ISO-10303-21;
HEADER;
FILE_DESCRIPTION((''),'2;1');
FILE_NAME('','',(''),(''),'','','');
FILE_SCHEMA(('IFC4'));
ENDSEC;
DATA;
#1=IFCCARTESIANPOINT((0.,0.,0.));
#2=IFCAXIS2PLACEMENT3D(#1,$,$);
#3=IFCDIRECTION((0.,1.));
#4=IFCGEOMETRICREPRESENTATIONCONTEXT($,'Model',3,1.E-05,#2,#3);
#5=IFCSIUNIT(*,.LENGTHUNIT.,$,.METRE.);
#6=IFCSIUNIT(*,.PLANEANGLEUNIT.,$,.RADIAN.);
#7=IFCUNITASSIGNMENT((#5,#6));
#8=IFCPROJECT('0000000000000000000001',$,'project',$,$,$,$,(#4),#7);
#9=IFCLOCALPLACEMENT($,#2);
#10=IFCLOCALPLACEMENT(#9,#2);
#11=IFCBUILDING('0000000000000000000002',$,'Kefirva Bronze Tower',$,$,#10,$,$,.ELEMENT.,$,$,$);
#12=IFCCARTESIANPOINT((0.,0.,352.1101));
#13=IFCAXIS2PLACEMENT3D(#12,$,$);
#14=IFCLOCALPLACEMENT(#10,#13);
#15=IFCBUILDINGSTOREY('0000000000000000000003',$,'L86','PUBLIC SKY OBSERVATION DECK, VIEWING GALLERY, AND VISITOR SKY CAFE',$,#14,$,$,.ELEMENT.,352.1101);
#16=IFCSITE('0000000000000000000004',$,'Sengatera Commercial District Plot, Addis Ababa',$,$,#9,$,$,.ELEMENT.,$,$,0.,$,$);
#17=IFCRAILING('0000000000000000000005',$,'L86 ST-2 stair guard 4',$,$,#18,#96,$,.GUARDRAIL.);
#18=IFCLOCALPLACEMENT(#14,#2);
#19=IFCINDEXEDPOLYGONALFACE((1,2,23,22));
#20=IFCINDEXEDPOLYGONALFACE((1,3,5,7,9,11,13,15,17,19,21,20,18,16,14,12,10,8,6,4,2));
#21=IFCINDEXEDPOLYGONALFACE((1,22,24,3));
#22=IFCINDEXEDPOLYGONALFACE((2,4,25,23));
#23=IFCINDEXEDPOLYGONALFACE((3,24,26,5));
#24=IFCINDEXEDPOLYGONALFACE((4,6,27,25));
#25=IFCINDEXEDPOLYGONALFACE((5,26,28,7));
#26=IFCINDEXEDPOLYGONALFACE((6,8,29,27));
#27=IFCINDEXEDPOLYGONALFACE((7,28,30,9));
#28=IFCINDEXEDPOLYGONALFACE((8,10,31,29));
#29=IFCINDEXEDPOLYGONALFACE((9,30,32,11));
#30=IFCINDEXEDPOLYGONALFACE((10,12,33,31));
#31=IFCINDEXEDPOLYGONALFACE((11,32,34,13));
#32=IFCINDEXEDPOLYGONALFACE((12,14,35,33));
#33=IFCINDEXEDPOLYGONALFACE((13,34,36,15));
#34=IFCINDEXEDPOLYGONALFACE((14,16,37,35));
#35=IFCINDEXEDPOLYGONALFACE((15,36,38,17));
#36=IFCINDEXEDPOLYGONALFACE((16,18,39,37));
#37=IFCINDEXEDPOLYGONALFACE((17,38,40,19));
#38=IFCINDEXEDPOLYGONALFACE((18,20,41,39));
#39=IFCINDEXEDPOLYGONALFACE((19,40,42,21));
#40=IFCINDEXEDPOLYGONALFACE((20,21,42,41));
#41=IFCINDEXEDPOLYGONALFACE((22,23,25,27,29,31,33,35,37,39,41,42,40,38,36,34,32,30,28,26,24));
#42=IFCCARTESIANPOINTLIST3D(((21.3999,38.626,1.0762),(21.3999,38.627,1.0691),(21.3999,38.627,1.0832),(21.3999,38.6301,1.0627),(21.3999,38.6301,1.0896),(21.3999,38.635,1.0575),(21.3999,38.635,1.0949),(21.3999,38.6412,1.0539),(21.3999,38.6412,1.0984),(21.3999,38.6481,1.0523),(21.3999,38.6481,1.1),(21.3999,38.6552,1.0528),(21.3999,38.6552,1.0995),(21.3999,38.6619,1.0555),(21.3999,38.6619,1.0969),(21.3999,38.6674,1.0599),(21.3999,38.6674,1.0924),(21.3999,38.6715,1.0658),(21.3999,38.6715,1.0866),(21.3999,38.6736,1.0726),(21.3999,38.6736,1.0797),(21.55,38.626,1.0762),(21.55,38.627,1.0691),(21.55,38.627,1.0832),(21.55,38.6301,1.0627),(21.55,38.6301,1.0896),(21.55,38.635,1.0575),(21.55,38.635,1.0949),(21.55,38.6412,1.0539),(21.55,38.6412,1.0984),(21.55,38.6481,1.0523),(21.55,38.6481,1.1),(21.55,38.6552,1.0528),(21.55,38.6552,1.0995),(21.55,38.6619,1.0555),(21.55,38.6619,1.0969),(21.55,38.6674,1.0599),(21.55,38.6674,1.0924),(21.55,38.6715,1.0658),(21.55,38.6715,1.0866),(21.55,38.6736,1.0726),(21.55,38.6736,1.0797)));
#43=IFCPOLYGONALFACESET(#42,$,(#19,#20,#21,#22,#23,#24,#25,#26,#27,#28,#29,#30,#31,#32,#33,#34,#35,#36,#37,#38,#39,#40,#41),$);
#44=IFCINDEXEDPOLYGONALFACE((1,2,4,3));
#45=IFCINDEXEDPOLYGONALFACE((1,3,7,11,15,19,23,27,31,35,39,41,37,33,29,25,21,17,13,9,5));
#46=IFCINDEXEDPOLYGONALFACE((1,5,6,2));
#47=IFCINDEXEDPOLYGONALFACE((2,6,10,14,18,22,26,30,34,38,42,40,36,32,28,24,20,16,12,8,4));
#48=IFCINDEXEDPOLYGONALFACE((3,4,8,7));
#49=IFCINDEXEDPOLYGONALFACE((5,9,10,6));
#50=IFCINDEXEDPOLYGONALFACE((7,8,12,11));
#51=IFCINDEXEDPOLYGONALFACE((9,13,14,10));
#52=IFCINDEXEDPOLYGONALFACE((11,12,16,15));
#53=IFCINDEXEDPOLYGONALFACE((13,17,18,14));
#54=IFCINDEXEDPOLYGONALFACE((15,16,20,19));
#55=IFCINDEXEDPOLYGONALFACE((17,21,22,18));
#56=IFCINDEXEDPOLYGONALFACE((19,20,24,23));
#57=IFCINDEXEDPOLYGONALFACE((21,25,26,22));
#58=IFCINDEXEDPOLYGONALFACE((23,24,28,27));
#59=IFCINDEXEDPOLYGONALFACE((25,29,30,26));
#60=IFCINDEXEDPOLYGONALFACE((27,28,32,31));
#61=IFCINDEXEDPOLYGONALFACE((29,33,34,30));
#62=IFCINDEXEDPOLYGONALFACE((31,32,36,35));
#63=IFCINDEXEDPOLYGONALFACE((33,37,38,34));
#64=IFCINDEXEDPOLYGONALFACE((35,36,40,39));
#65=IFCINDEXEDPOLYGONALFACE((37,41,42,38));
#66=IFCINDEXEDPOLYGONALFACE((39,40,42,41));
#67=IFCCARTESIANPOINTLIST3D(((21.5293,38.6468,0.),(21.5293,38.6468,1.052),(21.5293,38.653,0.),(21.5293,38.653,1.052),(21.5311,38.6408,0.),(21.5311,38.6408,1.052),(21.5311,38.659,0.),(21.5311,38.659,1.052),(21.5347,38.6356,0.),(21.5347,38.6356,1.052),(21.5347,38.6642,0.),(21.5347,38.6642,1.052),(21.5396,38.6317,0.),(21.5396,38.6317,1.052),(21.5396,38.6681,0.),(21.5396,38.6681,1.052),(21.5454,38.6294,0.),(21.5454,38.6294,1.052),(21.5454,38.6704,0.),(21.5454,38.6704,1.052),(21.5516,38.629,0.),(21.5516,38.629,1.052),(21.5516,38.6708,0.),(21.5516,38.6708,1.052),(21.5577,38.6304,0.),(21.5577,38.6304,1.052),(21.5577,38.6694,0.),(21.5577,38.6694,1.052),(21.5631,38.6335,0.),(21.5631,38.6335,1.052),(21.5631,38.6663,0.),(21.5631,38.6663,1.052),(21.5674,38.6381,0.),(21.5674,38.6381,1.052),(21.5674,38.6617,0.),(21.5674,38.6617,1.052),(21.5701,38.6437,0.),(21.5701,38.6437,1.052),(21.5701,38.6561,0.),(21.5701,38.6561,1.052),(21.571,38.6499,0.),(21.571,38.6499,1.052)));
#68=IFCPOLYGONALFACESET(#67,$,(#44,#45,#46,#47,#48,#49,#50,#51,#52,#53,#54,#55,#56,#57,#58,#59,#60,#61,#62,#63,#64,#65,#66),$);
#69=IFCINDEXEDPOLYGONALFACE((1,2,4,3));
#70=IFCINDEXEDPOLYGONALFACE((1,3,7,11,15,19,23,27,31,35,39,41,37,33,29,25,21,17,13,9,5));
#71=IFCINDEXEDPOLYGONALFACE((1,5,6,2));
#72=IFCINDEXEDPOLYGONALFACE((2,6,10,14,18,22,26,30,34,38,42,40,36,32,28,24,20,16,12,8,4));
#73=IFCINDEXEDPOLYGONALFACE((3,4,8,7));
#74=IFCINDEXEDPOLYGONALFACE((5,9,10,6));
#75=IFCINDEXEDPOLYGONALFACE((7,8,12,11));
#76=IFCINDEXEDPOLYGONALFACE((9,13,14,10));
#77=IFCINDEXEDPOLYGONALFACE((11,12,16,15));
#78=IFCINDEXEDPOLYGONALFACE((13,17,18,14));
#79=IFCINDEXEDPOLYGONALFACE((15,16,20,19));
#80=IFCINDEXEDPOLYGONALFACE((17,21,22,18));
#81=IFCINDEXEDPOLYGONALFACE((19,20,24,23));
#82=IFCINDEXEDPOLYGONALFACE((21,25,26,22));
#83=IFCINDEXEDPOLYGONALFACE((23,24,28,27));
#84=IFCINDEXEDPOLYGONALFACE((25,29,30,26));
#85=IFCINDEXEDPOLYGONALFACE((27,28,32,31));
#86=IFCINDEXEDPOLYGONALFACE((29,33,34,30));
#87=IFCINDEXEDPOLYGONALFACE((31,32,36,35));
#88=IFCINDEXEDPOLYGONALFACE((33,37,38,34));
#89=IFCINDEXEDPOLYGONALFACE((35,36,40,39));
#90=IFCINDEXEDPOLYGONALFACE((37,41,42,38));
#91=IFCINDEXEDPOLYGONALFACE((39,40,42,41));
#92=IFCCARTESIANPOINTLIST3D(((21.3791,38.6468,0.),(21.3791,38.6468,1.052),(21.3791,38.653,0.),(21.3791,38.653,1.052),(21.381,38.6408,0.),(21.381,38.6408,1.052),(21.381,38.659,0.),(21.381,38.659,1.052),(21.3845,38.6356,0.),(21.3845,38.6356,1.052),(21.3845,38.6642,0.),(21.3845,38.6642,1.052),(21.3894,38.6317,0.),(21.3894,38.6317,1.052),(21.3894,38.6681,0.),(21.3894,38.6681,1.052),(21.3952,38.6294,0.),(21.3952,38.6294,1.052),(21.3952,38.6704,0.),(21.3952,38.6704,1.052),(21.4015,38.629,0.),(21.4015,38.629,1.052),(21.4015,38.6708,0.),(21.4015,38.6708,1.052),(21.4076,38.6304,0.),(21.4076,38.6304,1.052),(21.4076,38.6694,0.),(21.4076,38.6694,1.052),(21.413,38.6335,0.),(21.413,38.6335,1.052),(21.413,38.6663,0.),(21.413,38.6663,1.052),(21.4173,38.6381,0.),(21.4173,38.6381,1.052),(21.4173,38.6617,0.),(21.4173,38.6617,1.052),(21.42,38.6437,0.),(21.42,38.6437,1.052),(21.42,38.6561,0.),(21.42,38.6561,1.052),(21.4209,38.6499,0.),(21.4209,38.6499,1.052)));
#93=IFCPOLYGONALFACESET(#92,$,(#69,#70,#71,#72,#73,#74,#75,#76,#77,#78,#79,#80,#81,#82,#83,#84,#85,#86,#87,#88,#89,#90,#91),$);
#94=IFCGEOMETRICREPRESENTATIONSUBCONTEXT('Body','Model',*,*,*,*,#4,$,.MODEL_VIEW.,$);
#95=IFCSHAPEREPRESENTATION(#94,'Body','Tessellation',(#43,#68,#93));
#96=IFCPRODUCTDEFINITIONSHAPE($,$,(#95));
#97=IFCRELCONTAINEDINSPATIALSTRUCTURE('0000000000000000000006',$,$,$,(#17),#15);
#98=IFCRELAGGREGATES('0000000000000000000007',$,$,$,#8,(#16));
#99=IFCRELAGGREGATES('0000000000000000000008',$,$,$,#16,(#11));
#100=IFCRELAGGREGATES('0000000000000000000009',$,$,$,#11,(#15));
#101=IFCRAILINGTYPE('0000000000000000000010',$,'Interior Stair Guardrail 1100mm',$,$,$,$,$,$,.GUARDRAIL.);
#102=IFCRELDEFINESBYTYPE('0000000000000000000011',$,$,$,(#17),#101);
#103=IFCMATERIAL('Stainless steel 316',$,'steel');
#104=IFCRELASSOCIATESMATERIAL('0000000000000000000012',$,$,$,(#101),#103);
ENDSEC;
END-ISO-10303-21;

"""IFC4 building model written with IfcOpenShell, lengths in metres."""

from ifc_helpers import new_model, si_unit, direction, frame, origin, origin_2d, place, context, subcontext, project, spatial, circle, extrude, material, type_object, element, save


model = new_model("IFC4")

# Units and contexts
model_context = context("Model", 3, precision=1e-05, world=origin(), true_north=direction((0.0, 1.0)))
body_context = subcontext(model_context, "Body", "Model", "MODEL_VIEW")
ifc_project = project(units=[si_unit("LENGTHUNIT", "METRE"), si_unit("PLANEANGLEUNIT", "RADIAN")], contexts=[model_context])

# Site, building, storey
site_placement = place(None, origin())
site = spatial("IfcSite", under=ifc_project, at=site_placement, Name="Sengatera Commercial District Plot, Addis Ababa", CompositionType="ELEMENT", RefElevation=0.0)
building_placement = place(site_placement, origin())
building = spatial("IfcBuilding", under=site, at=building_placement, Name="Kefirva Bronze Tower", CompositionType="ELEMENT")
storey_placement = place(building_placement, frame((0.0, 0.0, 352.1101)))
storey = spatial("IfcBuildingStorey", under=building, at=storey_placement, Name="L86", Description="PUBLIC SKY OBSERVATION DECK, VIEWING GALLERY, AND VISITOR SKY CAFE", CompositionType="ELEMENT", Elevation=352.1101)

# Railing
ifc_material_1 = material(Name="Stainless steel 316", Category="steel")
railing_type_1 = type_object("IfcRailingType", Name="Interior Stair Guardrail 1100mm", PredefinedType="GUARDRAIL", material=ifc_material_1)
railing_1_placement = place(storey_placement, frame((21.55, 38.6499, 0.0)))
element("IfcRailing", 1, at=railing_1_placement, inside=storey, type_object=railing_type_1, Name="L86 ST-2 stair guard 4", PredefinedType="GUARDRAIL", context=body_context, shape_type="SweptSolid", body=[
    extrude(circle(Radius=0.0239, at=origin_2d()), frame((0.0, 0.0, 1.0762), z_axis=(-1.0, 0.0, 0.0), x_axis=(0.0, -1.0, 0.0)), (0.0, 0.0, 1.0), 0.1501),
    extrude(circle(Radius=0.021, at=origin_2d()), origin(), (0.0, 0.0, 1.0), 1.052),
    extrude(circle(Radius=0.021, at=origin_2d()), frame((-0.1501, 0.0, 0.0)), (0.0, 0.0, 1.0), 1.052),
])

save(model, "model.ifc")
